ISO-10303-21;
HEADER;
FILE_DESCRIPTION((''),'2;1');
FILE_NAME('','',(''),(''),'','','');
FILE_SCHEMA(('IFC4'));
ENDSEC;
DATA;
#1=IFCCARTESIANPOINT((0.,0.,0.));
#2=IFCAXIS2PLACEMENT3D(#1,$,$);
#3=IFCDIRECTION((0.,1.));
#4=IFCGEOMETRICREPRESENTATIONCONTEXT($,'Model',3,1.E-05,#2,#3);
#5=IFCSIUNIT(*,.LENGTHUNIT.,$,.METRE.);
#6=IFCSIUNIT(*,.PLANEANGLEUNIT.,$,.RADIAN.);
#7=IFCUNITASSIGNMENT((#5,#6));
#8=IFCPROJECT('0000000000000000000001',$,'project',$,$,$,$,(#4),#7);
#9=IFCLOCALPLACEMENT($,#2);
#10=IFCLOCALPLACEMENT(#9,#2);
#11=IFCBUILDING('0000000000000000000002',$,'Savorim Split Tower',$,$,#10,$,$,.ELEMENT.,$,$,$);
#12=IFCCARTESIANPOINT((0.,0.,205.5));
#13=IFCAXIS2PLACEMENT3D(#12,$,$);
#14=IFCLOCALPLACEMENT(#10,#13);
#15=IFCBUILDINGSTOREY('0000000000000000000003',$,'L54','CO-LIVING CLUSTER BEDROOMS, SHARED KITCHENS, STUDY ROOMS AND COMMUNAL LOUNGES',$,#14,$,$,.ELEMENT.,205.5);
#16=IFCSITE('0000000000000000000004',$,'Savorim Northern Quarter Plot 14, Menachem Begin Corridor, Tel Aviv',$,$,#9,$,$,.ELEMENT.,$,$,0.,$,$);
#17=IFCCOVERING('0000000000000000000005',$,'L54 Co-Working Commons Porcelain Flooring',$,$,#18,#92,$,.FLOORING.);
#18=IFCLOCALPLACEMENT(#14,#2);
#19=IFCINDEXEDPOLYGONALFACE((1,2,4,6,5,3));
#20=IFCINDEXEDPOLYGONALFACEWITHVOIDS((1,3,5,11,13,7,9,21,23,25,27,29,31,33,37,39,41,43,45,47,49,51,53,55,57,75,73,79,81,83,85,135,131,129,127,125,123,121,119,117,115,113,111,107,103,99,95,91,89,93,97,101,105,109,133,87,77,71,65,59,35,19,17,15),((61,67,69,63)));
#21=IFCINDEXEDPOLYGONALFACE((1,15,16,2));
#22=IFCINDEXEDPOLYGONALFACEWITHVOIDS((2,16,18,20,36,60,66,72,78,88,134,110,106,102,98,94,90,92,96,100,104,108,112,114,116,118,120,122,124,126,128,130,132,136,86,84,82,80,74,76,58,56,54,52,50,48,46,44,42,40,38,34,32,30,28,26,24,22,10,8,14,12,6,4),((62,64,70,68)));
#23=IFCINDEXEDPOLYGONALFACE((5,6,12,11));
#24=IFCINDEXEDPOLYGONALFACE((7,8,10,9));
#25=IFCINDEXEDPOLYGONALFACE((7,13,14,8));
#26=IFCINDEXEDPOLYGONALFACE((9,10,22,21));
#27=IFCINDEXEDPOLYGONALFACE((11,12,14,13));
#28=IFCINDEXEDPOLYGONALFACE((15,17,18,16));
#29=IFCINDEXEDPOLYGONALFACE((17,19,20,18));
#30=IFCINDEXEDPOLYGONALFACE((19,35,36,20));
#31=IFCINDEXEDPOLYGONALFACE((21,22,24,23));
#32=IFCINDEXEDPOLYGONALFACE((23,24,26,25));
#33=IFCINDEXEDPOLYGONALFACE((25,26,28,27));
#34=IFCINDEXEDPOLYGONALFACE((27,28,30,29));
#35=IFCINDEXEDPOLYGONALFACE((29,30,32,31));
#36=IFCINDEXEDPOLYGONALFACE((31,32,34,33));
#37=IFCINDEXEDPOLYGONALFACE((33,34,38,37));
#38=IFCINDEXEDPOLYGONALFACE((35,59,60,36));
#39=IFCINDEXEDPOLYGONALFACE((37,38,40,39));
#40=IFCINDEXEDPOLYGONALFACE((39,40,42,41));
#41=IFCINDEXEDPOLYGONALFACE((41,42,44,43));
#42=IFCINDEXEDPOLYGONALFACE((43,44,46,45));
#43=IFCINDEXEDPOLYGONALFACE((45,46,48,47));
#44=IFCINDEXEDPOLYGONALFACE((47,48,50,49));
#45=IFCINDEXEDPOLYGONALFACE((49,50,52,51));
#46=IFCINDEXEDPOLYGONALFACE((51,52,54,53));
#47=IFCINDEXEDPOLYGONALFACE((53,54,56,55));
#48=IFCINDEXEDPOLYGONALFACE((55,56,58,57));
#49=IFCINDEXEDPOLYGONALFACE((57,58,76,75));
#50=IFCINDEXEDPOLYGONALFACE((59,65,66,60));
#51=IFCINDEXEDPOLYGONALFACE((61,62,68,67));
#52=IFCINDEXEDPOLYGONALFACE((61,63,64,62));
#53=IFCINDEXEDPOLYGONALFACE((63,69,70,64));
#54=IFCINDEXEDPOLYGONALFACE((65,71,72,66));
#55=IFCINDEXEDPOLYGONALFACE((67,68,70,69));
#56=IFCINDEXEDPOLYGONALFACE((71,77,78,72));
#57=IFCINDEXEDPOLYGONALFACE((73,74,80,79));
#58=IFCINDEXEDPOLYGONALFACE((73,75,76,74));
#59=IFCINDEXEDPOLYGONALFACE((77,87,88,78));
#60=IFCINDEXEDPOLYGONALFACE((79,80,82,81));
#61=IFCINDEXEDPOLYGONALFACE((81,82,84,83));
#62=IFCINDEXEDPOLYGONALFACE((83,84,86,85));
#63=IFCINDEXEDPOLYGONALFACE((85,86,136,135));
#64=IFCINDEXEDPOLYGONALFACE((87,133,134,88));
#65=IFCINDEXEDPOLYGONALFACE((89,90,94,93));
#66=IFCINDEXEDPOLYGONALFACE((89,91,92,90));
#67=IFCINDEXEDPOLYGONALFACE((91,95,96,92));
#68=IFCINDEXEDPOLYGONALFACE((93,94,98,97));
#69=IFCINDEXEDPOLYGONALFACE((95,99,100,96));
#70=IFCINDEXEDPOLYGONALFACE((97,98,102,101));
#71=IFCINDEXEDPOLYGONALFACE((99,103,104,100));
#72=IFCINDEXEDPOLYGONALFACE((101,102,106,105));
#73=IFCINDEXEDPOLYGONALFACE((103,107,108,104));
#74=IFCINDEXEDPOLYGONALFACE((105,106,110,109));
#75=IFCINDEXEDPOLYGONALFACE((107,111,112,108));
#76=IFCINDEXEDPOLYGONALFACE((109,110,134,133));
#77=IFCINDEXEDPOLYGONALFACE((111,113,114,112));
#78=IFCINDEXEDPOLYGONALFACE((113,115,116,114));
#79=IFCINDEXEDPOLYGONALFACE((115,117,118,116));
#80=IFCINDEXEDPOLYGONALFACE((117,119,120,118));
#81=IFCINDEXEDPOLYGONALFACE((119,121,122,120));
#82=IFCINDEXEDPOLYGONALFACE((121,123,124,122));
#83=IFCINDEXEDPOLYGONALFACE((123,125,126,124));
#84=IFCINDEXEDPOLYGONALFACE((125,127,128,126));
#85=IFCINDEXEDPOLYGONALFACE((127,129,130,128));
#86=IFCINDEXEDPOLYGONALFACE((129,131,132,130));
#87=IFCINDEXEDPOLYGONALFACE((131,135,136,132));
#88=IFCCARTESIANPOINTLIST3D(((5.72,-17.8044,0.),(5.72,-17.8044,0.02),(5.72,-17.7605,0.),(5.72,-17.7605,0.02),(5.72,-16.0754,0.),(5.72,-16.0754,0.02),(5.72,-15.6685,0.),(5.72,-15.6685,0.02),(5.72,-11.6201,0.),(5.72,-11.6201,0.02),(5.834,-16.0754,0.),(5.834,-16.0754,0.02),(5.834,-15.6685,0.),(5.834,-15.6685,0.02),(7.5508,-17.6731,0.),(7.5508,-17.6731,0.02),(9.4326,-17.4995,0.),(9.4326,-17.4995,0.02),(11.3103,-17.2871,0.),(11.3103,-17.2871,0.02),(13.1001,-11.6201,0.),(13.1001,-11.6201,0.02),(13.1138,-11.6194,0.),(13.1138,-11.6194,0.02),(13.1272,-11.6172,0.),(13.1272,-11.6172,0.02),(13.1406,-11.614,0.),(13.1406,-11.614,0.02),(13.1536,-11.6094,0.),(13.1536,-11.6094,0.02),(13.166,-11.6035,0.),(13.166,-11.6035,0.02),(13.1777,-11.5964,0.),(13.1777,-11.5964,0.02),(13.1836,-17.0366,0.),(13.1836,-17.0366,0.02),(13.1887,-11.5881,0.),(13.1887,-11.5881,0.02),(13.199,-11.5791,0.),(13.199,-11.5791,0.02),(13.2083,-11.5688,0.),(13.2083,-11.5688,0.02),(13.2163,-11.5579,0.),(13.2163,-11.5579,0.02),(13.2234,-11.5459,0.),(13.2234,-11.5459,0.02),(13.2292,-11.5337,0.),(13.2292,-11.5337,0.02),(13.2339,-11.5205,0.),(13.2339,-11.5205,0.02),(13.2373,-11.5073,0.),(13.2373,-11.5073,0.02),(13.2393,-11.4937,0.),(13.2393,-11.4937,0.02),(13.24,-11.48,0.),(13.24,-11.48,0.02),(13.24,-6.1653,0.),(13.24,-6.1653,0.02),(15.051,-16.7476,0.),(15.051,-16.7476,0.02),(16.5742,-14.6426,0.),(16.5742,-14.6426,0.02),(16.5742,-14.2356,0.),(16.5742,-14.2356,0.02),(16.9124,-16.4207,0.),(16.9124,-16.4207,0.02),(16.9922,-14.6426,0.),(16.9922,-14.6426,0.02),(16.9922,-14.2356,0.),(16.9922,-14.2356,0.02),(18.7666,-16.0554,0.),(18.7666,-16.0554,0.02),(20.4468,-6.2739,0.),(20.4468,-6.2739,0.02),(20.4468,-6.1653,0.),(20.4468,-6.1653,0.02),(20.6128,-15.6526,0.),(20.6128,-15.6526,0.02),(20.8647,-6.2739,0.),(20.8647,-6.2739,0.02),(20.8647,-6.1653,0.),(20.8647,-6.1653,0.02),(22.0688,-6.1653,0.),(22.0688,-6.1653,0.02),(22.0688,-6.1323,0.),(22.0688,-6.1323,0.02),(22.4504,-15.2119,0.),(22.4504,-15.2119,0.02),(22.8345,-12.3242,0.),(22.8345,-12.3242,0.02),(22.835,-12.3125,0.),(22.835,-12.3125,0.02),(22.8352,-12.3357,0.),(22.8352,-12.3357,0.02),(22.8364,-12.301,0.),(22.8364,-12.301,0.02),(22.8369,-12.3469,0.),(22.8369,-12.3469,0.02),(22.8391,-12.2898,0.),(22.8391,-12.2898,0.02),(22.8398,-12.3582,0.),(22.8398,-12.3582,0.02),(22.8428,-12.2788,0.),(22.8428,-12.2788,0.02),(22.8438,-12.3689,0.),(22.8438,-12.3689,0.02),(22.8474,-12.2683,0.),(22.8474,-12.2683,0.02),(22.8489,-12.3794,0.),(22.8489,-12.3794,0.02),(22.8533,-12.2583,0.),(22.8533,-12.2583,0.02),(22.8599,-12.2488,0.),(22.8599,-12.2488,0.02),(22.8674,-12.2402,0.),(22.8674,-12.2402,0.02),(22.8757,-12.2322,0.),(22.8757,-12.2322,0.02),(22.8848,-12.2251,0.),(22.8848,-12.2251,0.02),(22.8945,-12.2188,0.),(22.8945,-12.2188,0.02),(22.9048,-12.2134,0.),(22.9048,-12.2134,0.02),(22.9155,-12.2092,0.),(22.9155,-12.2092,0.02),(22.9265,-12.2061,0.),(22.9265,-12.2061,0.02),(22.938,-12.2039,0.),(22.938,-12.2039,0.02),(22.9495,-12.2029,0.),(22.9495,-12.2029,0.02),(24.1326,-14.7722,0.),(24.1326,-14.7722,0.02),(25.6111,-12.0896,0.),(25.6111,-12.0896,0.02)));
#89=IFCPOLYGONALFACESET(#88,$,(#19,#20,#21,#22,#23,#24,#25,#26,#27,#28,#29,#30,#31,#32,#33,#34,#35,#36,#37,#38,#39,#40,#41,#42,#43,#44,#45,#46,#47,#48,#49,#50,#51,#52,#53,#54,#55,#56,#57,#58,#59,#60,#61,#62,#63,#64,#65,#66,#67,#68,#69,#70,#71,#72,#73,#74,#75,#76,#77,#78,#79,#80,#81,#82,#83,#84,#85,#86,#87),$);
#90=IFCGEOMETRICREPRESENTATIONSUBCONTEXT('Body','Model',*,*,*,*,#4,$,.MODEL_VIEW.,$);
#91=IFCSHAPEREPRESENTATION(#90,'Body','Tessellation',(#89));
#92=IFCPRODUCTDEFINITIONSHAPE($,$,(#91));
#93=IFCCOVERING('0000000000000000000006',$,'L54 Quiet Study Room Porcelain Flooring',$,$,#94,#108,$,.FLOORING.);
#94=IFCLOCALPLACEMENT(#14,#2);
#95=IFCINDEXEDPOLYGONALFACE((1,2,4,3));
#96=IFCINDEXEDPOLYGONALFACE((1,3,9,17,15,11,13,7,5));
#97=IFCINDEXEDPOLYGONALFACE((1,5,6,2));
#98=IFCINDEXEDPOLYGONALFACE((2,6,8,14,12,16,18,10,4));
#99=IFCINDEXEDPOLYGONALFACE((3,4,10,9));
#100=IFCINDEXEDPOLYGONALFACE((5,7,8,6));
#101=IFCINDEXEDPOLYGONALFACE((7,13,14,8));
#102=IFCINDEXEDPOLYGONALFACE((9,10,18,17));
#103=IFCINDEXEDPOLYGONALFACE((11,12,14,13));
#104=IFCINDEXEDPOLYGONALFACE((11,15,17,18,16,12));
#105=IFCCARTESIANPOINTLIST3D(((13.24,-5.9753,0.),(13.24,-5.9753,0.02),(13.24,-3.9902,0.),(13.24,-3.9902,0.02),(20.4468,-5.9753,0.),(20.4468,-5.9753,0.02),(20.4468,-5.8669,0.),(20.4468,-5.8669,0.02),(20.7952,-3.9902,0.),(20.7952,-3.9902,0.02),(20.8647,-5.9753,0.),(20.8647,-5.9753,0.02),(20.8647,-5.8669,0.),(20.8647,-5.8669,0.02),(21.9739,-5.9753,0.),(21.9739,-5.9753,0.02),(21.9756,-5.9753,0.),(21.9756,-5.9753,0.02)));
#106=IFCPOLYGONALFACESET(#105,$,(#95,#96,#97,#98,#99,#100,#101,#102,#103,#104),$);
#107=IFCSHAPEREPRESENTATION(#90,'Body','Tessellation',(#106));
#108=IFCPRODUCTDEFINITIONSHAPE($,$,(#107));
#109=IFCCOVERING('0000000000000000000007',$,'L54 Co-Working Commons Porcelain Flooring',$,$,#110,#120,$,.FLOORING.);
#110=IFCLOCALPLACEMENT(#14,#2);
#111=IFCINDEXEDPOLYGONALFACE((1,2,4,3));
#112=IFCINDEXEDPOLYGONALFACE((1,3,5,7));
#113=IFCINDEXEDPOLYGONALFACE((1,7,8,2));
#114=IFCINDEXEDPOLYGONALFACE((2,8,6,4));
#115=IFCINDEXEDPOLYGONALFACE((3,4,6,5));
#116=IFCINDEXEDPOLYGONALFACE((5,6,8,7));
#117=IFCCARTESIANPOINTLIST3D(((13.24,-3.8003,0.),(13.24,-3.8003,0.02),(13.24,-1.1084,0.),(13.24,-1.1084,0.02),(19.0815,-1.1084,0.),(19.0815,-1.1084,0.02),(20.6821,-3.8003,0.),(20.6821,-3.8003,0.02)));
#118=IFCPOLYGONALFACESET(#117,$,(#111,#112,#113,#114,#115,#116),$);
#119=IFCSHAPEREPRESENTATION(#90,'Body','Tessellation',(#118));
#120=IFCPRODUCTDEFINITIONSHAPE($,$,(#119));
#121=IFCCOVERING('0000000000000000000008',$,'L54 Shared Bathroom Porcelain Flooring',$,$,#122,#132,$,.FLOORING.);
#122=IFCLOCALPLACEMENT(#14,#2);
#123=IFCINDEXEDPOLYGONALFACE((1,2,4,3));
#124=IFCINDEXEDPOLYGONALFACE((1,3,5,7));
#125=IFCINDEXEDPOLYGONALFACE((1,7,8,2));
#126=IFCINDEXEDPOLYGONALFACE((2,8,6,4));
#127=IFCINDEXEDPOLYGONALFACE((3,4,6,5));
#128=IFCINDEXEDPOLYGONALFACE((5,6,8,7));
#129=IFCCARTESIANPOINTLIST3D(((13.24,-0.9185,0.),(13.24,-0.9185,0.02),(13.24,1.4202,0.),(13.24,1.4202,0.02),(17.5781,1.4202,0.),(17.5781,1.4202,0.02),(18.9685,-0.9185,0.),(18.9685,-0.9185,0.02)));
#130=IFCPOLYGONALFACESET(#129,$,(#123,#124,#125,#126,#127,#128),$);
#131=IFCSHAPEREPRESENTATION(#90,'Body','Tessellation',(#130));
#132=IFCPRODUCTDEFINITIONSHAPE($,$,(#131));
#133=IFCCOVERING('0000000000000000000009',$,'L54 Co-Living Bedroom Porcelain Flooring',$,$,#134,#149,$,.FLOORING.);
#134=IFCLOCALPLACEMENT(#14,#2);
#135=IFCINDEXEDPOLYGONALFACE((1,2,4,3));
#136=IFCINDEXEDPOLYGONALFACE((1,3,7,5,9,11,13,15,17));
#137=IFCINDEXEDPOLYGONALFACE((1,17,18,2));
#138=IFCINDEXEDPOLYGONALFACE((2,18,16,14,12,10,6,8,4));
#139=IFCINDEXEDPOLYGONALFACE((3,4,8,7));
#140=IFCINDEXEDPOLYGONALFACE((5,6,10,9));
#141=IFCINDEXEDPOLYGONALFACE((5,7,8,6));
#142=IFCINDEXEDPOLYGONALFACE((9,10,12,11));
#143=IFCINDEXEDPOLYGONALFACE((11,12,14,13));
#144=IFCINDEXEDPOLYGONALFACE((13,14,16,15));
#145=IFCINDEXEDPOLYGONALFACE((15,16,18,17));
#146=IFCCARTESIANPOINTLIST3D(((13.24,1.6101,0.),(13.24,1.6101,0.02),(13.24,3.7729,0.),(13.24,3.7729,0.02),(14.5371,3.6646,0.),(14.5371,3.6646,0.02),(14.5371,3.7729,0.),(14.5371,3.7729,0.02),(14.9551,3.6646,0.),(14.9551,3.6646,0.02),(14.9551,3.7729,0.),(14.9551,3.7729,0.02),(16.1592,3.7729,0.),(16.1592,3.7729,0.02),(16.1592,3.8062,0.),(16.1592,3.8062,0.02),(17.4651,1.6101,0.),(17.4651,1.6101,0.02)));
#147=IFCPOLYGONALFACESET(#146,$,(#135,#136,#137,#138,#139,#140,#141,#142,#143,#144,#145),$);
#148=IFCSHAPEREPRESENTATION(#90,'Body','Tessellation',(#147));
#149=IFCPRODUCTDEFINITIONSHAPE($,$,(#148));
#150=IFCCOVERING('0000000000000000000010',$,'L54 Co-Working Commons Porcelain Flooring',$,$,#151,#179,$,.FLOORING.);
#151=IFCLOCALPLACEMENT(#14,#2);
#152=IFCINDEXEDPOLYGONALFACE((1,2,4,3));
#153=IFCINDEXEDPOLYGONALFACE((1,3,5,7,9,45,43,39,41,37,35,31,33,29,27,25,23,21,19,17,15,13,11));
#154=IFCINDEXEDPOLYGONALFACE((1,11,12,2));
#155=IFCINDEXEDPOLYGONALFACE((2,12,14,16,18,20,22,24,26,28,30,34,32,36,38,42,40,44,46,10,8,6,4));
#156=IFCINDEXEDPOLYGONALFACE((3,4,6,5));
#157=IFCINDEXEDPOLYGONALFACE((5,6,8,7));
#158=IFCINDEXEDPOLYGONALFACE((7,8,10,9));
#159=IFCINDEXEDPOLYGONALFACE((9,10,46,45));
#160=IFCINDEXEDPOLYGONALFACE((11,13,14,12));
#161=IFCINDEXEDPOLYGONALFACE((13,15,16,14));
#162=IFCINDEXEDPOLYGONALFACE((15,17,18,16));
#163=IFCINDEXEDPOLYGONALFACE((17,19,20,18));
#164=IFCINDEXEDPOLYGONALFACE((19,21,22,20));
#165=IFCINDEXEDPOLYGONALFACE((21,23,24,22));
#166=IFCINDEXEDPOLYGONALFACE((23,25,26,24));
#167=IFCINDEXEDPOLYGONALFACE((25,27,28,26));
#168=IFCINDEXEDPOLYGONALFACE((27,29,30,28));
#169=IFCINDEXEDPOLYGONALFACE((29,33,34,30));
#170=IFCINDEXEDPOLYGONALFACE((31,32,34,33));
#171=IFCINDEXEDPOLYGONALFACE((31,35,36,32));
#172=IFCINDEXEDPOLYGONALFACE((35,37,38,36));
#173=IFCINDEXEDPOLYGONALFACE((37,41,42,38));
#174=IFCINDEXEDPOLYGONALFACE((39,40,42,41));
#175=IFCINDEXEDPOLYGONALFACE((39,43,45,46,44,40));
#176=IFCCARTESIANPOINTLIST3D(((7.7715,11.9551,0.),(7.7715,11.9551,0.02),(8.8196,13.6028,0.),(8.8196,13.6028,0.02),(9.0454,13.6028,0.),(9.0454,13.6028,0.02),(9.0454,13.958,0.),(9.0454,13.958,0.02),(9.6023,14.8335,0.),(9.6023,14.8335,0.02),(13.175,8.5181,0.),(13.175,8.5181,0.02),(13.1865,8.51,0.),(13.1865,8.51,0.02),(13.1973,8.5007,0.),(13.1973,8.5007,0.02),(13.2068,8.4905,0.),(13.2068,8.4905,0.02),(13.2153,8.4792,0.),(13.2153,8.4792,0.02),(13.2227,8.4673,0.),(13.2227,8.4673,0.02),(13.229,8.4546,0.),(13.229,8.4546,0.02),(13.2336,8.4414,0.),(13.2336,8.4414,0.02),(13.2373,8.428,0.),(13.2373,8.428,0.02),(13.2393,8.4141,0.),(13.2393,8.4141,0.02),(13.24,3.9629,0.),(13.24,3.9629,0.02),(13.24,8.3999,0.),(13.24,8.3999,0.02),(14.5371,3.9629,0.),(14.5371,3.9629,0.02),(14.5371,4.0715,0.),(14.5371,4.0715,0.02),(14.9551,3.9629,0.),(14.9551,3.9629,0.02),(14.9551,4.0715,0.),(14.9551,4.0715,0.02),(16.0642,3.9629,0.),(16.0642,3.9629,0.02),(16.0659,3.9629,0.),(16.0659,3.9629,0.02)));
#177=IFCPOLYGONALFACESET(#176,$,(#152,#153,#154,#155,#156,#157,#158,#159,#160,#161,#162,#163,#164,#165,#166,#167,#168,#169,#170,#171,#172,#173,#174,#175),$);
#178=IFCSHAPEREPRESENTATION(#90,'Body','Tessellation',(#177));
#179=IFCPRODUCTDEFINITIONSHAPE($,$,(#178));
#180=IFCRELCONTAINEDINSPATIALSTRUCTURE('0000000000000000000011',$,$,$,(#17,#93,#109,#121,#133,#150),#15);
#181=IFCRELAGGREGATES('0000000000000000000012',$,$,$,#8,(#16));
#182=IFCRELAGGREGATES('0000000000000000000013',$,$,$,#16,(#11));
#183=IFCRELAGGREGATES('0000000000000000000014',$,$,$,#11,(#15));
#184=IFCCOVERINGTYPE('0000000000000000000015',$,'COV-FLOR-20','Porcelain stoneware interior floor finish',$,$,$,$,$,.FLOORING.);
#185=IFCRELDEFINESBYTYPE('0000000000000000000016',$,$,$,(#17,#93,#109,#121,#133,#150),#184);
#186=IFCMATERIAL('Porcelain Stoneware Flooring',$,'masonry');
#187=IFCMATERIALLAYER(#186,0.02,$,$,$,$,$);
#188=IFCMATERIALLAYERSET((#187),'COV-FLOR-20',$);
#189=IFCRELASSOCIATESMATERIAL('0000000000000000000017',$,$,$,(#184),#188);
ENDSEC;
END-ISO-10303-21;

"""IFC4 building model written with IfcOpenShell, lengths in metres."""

from ifc_helpers import new_model, si_unit, direction, frame, origin, place, context, subcontext, project, spatial, polyline, outline, extrude, material, layer, layer_set, type_object, element, save


model = new_model("IFC4")

# Units and contexts
model_context = context("Model", 3, precision=1e-05, world=origin(), true_north=direction((0.0, 1.0)))
body_context = subcontext(model_context, "Body", "Model", "MODEL_VIEW")
ifc_project = project(units=[si_unit("LENGTHUNIT", "METRE"), si_unit("PLANEANGLEUNIT", "RADIAN")], contexts=[model_context])

# Site, building, storey
site_placement = place(None, origin())
site = spatial("IfcSite", under=ifc_project, at=site_placement, Name="Savorim Northern Quarter Plot 14, Menachem Begin Corridor, Tel Aviv", CompositionType="ELEMENT", RefElevation=0.0)
building_placement = place(site_placement, origin())
building = spatial("IfcBuilding", under=site, at=building_placement, Name="Savorim Split Tower", CompositionType="ELEMENT")
storey_placement = place(building_placement, frame((0.0, 0.0, 205.5)))
storey = spatial("IfcBuildingStorey", under=building, at=storey_placement, Name="L54", Description="CO-LIVING CLUSTER BEDROOMS, SHARED KITCHENS, STUDY ROOMS AND COMMUNAL LOUNGES", CompositionType="ELEMENT", Elevation=205.5)

# Coverings
ifc_material_1 = material(Name="Porcelain Stoneware Flooring", Category="masonry")
ifc_layer_1 = layer(ifc_material_1, 0.02)
ifc_layer_set_1 = layer_set([ifc_layer_1], Name="COV-FLOR-20")
covering_type_1 = type_object("IfcCoveringType", Name="COV-FLOR-20", Description="Porcelain stoneware interior floor finish", PredefinedType="FLOORING", material=ifc_layer_set_1)
covering_1_placement = place(storey_placement, origin())
element("IfcCovering", 1, at=covering_1_placement, inside=storey, type_object=covering_type_1, Name="L54 Co-Working Commons Porcelain Flooring", PredefinedType="FLOORING", context=body_context, shape_type="SweptSolid", body=[
    extrude(outline(polyline([(22.9265, -12.2061), (22.938, -12.2039), (22.9495, -12.2029), (25.6111, -12.0896), (22.0688, -6.1323), (22.0688, -6.1653), (20.8647, -6.1653), (20.8647, -6.2739), (20.4468, -6.2739), (20.4468, -6.1653), (13.24, -6.1653), (13.24, -11.48), (13.2393, -11.4937), (13.2373, -11.5073), (13.2339, -11.5205), (13.2292, -11.5337), (13.2234, -11.5459), (13.2163, -11.5579), (13.2083, -11.5688), (13.199, -11.5791), (13.1887, -11.5881), (13.1777, -11.5964), (13.166, -11.6035), (13.1536, -11.6094), (13.1406, -11.614), (13.1272, -11.6172), (13.1138, -11.6194), (13.1001, -11.6201), (5.72, -11.6201), (5.72, -15.6685), (5.834, -15.6685), (5.834, -16.0754), (5.72, -16.0754), (5.72, -17.7605), (5.72, -17.8044), (7.5508, -17.6731), (9.4326, -17.4995), (11.3103, -17.2871), (13.1836, -17.0366), (15.051, -16.7476), (16.9124, -16.4207), (18.7666, -16.0554), (20.6128, -15.6526), (22.4504, -15.2119), (24.1326, -14.7722), (22.8489, -12.3794), (22.8438, -12.3689), (22.8398, -12.3582), (22.8369, -12.3469), (22.8352, -12.3357), (22.8345, -12.3242), (22.835, -12.3125), (22.8364, -12.301), (22.8391, -12.2898), (22.8428, -12.2788), (22.8474, -12.2683), (22.8533, -12.2583), (22.8599, -12.2488), (22.8674, -12.2402), (22.8757, -12.2322), (22.8848, -12.2251), (22.8945, -12.2188), (22.9048, -12.2134), (22.9155, -12.2092), (22.9265, -12.2061)]), holes=[polyline([(16.9922, -14.6426), (16.9922, -14.2356), (16.5742, -14.2356), (16.5742, -14.6426), (16.9922, -14.6426)])]), origin(), (0.0, 0.0, 1.0), 0.02),
])
covering_2_placement = place(storey_placement, origin())
element("IfcCovering", 2, at=covering_2_placement, inside=storey, type_object=covering_type_1, Name="L54 Quiet Study Room Porcelain Flooring", PredefinedType="FLOORING", context=body_context, shape_type="SweptSolid", body=[
    extrude(outline(polyline([(20.8647, -5.8669), (20.8647, -5.9753), (21.9739, -5.9753), (21.9756, -5.9753), (20.7952, -3.9902), (13.24, -3.9902), (13.24, -5.9753), (20.4468, -5.9753), (20.4468, -5.8669), (20.8647, -5.8669)])), origin(), (0.0, 0.0, 1.0), 0.02),
])
covering_3_placement = place(storey_placement, origin())
element("IfcCovering", 3, at=covering_3_placement, inside=storey, type_object=covering_type_1, Name="L54 Co-Working Commons Porcelain Flooring", PredefinedType="FLOORING", context=body_context, shape_type="SweptSolid", body=[
    extrude(outline(polyline([(20.6821, -3.8003), (19.0815, -1.1084), (13.24, -1.1084), (13.24, -3.8003), (20.6821, -3.8003)])), origin(), (0.0, 0.0, 1.0), 0.02),
])
covering_4_placement = place(storey_placement, origin())
element("IfcCovering", 4, at=covering_4_placement, inside=storey, type_object=covering_type_1, Name="L54 Shared Bathroom Porcelain Flooring", PredefinedType="FLOORING", context=body_context, shape_type="SweptSolid", body=[
    extrude(outline(polyline([(18.9685, -0.9185), (17.5781, 1.4202), (13.24, 1.4202), (13.24, -0.9185), (18.9685, -0.9185)])), origin(), (0.0, 0.0, 1.0), 0.02),
])
covering_5_placement = place(storey_placement, origin())
element("IfcCovering", 5, at=covering_5_placement, inside=storey, type_object=covering_type_1, Name="L54 Co-Living Bedroom Porcelain Flooring", PredefinedType="FLOORING", context=body_context, shape_type="SweptSolid", body=[
    extrude(outline(polyline([(14.5371, 3.6646), (14.5371, 3.7729), (13.24, 3.7729), (13.24, 1.6101), (17.4651, 1.6101), (16.1592, 3.8062), (16.1592, 3.7729), (14.9551, 3.7729), (14.9551, 3.6646), (14.5371, 3.6646)])), origin(), (0.0, 0.0, 1.0), 0.02),
])
covering_6_placement = place(storey_placement, origin())
element("IfcCovering", 6, at=covering_6_placement, inside=storey, type_object=covering_type_1, Name="L54 Co-Working Commons Porcelain Flooring", PredefinedType="FLOORING", context=body_context, shape_type="SweptSolid", body=[
    extrude(outline(polyline([(14.9551, 4.0715), (14.9551, 3.9629), (16.0642, 3.9629), (16.0659, 3.9629), (9.6023, 14.8335), (9.0454, 13.958), (9.0454, 13.6028), (8.8196, 13.6028), (7.7715, 11.9551), (13.175, 8.5181), (13.1865, 8.51), (13.1973, 8.5007), (13.2068, 8.4905), (13.2153, 8.4792), (13.2227, 8.4673), (13.229, 8.4546), (13.2336, 8.4414), (13.2373, 8.428), (13.2393, 8.4141), (13.24, 8.3999), (13.24, 3.9629), (14.5371, 3.9629), (14.5371, 4.0715), (14.9551, 4.0715)])), origin(), (0.0, 0.0, 1.0), 0.02),
])

save(model, "model.ifc")
